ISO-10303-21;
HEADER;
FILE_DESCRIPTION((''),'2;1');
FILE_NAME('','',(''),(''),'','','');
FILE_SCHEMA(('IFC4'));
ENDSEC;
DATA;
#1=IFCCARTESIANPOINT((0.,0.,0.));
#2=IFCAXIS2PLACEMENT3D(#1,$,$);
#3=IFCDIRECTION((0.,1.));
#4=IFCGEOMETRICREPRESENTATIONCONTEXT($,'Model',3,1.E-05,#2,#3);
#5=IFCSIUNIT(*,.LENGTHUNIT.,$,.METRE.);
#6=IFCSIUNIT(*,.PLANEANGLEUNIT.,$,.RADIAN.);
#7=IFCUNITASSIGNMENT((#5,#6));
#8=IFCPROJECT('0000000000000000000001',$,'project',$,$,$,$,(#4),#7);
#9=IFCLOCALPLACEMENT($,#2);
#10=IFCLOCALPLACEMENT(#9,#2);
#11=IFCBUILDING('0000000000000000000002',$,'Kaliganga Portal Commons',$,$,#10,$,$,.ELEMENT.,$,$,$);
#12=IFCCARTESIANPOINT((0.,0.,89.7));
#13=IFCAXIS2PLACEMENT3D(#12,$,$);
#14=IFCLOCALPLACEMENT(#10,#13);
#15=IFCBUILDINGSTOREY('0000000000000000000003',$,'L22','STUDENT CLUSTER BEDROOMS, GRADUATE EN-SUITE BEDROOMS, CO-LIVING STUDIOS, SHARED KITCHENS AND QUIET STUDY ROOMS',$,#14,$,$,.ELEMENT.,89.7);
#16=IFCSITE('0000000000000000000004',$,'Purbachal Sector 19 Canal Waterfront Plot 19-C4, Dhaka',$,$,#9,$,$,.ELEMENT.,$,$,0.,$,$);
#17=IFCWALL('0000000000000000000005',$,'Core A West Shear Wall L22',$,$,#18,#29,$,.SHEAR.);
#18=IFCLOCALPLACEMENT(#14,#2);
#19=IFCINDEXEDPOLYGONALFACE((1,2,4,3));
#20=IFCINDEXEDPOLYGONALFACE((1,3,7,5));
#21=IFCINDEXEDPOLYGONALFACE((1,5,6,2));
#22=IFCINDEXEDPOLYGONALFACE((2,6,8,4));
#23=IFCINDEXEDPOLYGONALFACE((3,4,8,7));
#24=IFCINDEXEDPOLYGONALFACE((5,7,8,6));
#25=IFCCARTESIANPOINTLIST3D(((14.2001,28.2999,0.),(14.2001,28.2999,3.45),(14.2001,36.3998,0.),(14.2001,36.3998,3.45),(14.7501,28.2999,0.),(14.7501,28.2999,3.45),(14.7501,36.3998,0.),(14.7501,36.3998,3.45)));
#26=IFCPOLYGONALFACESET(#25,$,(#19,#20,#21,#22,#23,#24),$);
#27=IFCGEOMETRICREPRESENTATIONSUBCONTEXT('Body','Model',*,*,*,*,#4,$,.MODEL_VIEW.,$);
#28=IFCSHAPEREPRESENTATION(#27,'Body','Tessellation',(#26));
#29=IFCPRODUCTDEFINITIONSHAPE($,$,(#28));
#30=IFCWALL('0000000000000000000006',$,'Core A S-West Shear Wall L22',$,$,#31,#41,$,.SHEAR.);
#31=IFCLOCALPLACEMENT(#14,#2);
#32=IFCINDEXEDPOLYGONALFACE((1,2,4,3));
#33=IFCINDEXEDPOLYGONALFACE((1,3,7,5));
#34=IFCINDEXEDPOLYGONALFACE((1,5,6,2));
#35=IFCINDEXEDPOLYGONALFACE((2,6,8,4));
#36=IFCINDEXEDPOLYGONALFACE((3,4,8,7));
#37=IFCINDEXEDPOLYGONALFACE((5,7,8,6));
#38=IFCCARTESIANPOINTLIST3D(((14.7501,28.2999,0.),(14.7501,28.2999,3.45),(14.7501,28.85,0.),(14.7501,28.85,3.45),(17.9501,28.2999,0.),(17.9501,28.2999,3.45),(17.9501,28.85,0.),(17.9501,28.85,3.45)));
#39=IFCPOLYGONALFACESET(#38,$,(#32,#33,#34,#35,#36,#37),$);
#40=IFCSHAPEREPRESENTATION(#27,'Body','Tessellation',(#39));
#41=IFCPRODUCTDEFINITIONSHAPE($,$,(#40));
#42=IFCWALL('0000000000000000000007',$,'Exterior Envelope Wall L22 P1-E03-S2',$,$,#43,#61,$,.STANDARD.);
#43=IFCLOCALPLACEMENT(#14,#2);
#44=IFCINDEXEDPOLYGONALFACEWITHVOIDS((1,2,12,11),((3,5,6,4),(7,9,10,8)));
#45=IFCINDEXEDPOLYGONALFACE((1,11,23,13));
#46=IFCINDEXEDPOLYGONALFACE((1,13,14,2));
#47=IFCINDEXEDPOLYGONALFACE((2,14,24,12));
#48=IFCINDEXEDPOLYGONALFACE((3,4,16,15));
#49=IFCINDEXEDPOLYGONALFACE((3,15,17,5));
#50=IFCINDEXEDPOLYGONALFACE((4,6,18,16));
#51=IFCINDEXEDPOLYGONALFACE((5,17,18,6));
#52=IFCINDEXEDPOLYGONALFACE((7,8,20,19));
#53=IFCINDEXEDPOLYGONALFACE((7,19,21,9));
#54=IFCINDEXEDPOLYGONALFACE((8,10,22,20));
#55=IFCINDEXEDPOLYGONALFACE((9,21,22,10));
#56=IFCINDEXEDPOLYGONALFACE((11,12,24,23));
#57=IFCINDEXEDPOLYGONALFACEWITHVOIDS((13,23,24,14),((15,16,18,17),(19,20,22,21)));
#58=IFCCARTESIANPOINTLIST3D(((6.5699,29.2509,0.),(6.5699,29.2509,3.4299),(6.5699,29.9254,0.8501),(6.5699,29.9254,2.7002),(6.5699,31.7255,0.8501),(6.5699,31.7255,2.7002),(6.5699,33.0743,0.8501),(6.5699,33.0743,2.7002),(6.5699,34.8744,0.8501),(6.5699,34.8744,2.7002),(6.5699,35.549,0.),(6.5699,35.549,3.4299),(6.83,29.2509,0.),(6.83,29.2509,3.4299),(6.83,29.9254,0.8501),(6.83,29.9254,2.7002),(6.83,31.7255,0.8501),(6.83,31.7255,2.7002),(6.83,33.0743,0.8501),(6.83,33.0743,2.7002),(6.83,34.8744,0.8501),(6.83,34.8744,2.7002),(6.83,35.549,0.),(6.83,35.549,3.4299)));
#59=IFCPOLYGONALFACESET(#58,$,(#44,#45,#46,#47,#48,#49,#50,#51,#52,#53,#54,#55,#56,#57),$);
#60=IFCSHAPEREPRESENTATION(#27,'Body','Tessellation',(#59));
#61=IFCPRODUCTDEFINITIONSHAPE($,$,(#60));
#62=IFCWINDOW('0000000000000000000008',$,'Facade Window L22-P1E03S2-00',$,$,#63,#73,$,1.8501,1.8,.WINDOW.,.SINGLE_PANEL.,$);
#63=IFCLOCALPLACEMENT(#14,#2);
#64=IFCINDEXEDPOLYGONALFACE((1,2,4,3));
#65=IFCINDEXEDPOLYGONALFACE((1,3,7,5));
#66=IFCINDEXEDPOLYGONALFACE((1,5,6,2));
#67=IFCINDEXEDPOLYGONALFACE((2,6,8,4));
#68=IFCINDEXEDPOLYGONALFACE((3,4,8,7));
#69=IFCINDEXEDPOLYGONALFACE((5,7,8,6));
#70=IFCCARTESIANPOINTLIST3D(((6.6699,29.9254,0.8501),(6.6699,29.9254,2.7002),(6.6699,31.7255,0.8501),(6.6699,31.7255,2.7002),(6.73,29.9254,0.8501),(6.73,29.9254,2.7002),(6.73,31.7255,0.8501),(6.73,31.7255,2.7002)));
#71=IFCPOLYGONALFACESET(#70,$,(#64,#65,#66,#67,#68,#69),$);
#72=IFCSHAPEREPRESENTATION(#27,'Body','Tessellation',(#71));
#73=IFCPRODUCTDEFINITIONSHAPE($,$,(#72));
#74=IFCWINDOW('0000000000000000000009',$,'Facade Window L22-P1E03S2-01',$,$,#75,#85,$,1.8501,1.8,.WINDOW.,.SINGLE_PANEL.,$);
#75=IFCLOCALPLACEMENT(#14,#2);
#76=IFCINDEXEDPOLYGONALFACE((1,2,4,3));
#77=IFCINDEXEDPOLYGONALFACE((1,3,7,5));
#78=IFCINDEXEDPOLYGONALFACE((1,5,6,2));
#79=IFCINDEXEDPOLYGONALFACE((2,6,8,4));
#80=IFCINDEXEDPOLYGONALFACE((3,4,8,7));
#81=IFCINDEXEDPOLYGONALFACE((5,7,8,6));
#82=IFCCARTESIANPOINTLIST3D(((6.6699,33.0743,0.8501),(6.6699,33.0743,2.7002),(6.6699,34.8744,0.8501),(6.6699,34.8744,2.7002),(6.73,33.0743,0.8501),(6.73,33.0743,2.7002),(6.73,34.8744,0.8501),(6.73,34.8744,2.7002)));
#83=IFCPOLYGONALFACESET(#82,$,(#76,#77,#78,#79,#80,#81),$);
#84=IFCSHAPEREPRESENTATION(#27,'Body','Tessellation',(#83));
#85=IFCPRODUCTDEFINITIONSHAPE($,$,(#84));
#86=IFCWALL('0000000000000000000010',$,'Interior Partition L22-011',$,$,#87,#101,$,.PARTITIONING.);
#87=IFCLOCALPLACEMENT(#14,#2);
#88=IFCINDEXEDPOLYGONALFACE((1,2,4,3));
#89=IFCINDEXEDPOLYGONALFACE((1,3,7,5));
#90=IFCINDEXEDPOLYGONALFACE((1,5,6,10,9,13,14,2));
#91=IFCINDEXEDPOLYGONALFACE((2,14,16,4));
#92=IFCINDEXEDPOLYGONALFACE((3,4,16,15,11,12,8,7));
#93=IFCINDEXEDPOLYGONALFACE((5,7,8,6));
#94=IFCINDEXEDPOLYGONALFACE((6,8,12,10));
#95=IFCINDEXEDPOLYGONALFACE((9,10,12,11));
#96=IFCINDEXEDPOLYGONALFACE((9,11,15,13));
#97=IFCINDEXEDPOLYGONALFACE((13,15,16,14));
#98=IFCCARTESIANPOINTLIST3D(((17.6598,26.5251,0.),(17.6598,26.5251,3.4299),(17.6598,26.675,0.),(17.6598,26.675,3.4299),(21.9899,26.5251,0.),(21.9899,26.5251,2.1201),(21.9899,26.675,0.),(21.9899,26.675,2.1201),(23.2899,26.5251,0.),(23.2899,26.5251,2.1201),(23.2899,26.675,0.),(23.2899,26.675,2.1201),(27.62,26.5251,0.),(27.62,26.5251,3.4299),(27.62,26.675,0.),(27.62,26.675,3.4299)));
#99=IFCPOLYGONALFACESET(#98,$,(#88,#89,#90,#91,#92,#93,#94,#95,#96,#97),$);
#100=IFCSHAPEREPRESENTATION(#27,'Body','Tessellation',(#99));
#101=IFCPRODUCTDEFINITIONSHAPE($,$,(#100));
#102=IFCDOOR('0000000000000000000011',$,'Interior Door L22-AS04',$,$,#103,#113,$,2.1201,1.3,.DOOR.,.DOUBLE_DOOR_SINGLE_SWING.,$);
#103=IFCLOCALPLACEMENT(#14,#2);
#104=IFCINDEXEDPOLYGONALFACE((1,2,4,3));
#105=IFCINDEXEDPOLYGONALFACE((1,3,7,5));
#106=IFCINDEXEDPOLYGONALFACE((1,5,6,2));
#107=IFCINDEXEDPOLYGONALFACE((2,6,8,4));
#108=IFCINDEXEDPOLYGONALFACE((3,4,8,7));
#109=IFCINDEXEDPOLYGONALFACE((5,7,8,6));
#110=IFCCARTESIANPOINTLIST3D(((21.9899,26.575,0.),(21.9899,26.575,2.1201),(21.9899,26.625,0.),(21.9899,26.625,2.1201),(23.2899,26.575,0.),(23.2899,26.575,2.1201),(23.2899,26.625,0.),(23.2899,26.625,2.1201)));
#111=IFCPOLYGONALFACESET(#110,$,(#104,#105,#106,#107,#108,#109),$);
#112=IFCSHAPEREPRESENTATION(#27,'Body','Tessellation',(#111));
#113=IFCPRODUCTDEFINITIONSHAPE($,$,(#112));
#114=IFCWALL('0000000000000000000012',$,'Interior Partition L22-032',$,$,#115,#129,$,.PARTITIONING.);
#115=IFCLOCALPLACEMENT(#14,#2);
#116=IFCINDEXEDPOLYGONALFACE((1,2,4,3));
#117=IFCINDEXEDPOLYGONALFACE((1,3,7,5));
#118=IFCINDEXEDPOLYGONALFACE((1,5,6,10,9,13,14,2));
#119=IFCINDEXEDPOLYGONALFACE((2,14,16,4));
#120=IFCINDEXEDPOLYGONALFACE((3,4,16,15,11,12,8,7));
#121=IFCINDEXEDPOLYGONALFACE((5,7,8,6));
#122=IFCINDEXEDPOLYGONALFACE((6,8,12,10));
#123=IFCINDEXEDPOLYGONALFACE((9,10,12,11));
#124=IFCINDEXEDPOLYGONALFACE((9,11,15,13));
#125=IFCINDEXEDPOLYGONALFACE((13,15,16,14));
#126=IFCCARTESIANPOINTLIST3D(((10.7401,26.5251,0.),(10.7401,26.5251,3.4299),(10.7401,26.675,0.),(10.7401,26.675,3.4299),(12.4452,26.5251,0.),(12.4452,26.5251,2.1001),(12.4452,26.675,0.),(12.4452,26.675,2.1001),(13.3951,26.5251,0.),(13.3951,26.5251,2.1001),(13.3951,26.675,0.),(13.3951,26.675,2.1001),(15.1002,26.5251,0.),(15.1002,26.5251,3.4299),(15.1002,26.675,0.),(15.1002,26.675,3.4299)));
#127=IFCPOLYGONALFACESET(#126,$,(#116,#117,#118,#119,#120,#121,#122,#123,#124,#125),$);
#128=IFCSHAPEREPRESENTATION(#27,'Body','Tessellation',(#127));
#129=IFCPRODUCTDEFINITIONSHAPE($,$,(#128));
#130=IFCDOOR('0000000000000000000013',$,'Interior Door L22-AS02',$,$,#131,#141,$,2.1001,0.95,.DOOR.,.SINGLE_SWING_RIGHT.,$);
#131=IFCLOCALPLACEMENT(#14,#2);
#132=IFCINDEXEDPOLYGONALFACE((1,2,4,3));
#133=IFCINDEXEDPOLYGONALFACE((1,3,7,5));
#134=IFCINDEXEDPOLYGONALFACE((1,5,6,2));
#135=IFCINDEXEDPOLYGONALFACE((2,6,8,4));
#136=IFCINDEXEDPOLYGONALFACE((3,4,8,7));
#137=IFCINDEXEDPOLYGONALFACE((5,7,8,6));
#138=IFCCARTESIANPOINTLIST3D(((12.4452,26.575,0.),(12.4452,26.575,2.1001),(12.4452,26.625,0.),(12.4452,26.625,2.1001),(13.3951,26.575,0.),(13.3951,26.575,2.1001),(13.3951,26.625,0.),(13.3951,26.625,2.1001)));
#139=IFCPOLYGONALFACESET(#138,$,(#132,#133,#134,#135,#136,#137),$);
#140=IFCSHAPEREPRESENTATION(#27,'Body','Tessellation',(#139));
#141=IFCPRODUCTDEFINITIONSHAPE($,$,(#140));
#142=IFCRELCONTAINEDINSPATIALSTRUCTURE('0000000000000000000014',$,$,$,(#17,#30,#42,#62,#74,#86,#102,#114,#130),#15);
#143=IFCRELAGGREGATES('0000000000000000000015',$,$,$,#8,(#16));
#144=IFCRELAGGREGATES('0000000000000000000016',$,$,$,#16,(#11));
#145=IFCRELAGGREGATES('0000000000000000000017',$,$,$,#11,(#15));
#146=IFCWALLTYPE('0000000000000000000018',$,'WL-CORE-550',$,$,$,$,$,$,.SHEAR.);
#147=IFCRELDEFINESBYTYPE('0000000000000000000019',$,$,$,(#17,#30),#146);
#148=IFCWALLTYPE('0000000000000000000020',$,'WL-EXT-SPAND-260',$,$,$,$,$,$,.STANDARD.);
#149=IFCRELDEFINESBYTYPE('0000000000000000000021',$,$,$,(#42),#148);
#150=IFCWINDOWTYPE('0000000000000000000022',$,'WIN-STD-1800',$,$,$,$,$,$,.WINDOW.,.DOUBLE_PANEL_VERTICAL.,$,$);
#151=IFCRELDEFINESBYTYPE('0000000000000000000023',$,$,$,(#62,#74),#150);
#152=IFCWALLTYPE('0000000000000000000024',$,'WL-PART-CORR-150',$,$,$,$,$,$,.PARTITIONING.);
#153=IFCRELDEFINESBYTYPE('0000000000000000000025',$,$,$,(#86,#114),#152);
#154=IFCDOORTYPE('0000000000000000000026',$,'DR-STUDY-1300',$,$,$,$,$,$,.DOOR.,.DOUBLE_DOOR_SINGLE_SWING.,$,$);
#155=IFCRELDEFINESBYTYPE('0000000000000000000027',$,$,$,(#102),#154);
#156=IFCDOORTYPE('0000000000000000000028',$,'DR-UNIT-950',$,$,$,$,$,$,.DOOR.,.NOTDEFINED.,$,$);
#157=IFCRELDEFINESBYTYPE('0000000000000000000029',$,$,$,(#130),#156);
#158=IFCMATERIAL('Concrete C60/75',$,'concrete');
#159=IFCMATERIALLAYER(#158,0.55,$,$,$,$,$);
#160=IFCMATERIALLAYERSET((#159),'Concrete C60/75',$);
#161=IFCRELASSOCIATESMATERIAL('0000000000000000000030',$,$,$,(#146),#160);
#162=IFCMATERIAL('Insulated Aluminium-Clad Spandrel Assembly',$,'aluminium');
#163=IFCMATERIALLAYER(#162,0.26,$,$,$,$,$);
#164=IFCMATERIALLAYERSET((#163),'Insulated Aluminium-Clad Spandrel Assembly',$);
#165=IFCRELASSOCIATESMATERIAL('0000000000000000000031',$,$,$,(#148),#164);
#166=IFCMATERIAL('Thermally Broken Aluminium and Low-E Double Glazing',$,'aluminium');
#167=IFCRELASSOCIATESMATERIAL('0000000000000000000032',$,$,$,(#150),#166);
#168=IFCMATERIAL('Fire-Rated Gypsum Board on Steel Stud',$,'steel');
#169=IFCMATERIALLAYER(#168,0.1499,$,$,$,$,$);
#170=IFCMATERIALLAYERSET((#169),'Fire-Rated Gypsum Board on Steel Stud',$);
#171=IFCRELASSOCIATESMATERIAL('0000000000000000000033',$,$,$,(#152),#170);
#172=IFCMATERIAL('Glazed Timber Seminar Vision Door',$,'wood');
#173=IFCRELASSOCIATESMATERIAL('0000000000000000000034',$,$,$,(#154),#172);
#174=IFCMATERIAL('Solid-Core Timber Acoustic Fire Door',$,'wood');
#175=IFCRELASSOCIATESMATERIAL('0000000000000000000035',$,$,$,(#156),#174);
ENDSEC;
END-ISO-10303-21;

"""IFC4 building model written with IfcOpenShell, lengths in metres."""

from ifc_helpers import new_model, si_unit, direction, frame, frame_2d, origin, place, context, subcontext, project, spatial, rectangle, extrude, material, layer, layer_set, type_object, element, fill, save


model = new_model("IFC4")

# Units and contexts
model_context = context("Model", 3, precision=1e-05, world=origin(), true_north=direction((0.0, 1.0)))
body_context = subcontext(model_context, "Body", "Model", "MODEL_VIEW")
ifc_project = project(units=[si_unit("LENGTHUNIT", "METRE"), si_unit("PLANEANGLEUNIT", "RADIAN")], contexts=[model_context])

# Site, building, storey
site_placement = place(None, origin())
site = spatial("IfcSite", under=ifc_project, at=site_placement, Name="Purbachal Sector 19 Canal Waterfront Plot 19-C4, Dhaka", CompositionType="ELEMENT", RefElevation=0.0)
building_placement = place(site_placement, origin())
building = spatial("IfcBuilding", under=site, at=building_placement, Name="Kaliganga Portal Commons", CompositionType="ELEMENT")
storey_placement = place(building_placement, frame((0.0, 0.0, 89.7)))
storey = spatial("IfcBuildingStorey", under=building, at=storey_placement, Name="L22", Description="STUDENT CLUSTER BEDROOMS, GRADUATE EN-SUITE BEDROOMS, CO-LIVING STUDIOS, SHARED KITCHENS AND QUIET STUDY ROOMS", CompositionType="ELEMENT", Elevation=89.7)

# Shared definitions
ifc_material_1 = material(Name="Concrete C60/75", Category="concrete")

# Walls
ifc_layer_1 = layer(ifc_material_1, 0.55)
ifc_layer_set_1 = layer_set([ifc_layer_1], Name="Concrete C60/75")
wall_type_1 = type_object("IfcWallType", Name="WL-CORE-550", PredefinedType="SHEAR", material=ifc_layer_set_1)
wall_1_placement = place(storey_placement, frame((14.4751, 28.3, 0.0), z_axis=(0.0, 0.0, 1.0), x_axis=(0.0, 1.0, 0.0)))
element("IfcWall", 1, at=wall_1_placement, inside=storey, type_object=wall_type_1, Name="Core A West Shear Wall L22", PredefinedType="SHEAR", context=body_context, shape_type="SweptSolid", body=[
    extrude(rectangle(XDim=8.0999, YDim=0.55, at=frame_2d((4.0498, 0.0))), origin(), (0.0, 0.0, 1.0), 3.45),
])
wall_2_placement = place(storey_placement, frame((14.75, 28.575, 0.0), z_axis=(0.0, 0.0, 1.0), x_axis=(1.0, 0.0, 0.0)))
element("IfcWall", 2, at=wall_2_placement, inside=storey, type_object=wall_type_1, Name="Core A S-West Shear Wall L22", PredefinedType="SHEAR", context=body_context, shape_type="SweptSolid", body=[
    extrude(rectangle(XDim=3.2, YDim=0.55, at=frame_2d((1.6001, 0.0))), origin(), (0.0, 0.0, 1.0), 3.45),
])

# Wall, openings, windows
ifc_material_2 = material(Name="Insulated Aluminium-Clad Spandrel Assembly", Category="aluminium")
ifc_layer_2 = layer(ifc_material_2, 0.26)
ifc_layer_set_2 = layer_set([ifc_layer_2], Name="Insulated Aluminium-Clad Spandrel Assembly")
wall_type_2 = type_object("IfcWallType", Name="WL-EXT-SPAND-260", PredefinedType="STANDARD", material=ifc_layer_set_2)
wall_3_placement = place(storey_placement, frame((6.7, 29.251, 0.0), z_axis=(0.0, 0.0, 1.0), x_axis=(0.0, 1.0, 0.0)))
wall_3 = element("IfcWall", 3, at=wall_3_placement, inside=storey, type_object=wall_type_2, Name="Exterior Envelope Wall L22 P1-E03-S2", PredefinedType="STANDARD", context=body_context, shape_type="SweptSolid", body=[
    extrude(rectangle(XDim=6.2981, YDim=0.26, at=frame_2d((3.1489, 0.0))), origin(), (0.0, 0.0, 1.0), 3.4299),
])
opening_1_placement = place(wall_3_placement, frame((0.6746, 0.0, 0.8501)))
opening_1 = element("IfcOpeningElement", 4, at=opening_1_placement, cuts=wall_3, PredefinedType="OPENING", context=body_context, shape_type="SweptSolid", body=[
    extrude(rectangle(XDim=1.8, YDim=1.8501, at=frame_2d((0.8999, 0.925))), frame((0.0, 0.1401, 0.0), z_axis=(0.0, -1.0, 0.0), x_axis=(1.0, 0.0, 0.0)), (0.0, 0.0, 1.0), 0.28),
])
opening_2_placement = place(wall_3_placement, frame((3.8235, 0.0, 0.8501)))
opening_2 = element("IfcOpeningElement", 5, at=opening_2_placement, cuts=wall_3, PredefinedType="OPENING", context=body_context, shape_type="SweptSolid", body=[
    extrude(rectangle(XDim=1.8, YDim=1.8501, at=frame_2d((0.8999, 0.925))), frame((0.0, 0.1401, 0.0), z_axis=(0.0, -1.0, 0.0), x_axis=(1.0, 0.0, 0.0)), (0.0, 0.0, 1.0), 0.28),
])
ifc_material_3 = material(Name="Thermally Broken Aluminium and Low-E Double Glazing", Category="aluminium")
window_type = type_object("IfcWindowType", Name="WIN-STD-1800", PartitioningType="DOUBLE_PANEL_VERTICAL", PredefinedType="WINDOW", material=ifc_material_3)
window_1_placement = place(opening_1_placement, origin())
window_1 = element("IfcWindow", 6, at=window_1_placement, inside=storey, type_object=window_type, Name="Facade Window L22-P1E03S2-00", OverallHeight=1.8501, OverallWidth=1.8, PartitioningType="SINGLE_PANEL", PredefinedType="WINDOW", context=body_context, shape_type="SweptSolid", body=[
    extrude(rectangle(XDim=1.8, YDim=1.8501, at=frame_2d((0.8999, 0.925))), frame((0.0, 0.03, 0.0), z_axis=(0.0, -1.0, 0.0), x_axis=(1.0, 0.0, 0.0)), (0.0, 0.0, 1.0), 0.0601),
])
fill(opening_1, window_1)
window_2_placement = place(opening_2_placement, origin())
window_2 = element("IfcWindow", 7, at=window_2_placement, inside=storey, type_object=window_type, Name="Facade Window L22-P1E03S2-01", OverallHeight=1.8501, OverallWidth=1.8, PartitioningType="SINGLE_PANEL", PredefinedType="WINDOW", context=body_context, shape_type="SweptSolid", body=[
    extrude(rectangle(XDim=1.8, YDim=1.8501, at=frame_2d((0.8999, 0.925))), frame((0.0, 0.03, 0.0), z_axis=(0.0, -1.0, 0.0), x_axis=(1.0, 0.0, 0.0)), (0.0, 0.0, 1.0), 0.0601),
])
fill(opening_2, window_2)

# Walls, openings, doors
ifc_material_4 = material(Name="Fire-Rated Gypsum Board on Steel Stud", Category="steel")
ifc_layer_3 = layer(ifc_material_4, 0.1499)
ifc_layer_set_3 = layer_set([ifc_layer_3], Name="Fire-Rated Gypsum Board on Steel Stud")
wall_type_3 = type_object("IfcWallType", Name="WL-PART-CORR-150", PredefinedType="PARTITIONING", material=ifc_layer_set_3)
wall_4_placement = place(storey_placement, frame((17.6599, 26.6001, 0.0), z_axis=(0.0, 0.0, 1.0), x_axis=(1.0, 0.0, 0.0)))
wall_4 = element("IfcWall", 8, at=wall_4_placement, inside=storey, type_object=wall_type_3, Name="Interior Partition L22-011", PredefinedType="PARTITIONING", context=body_context, shape_type="SweptSolid", body=[
    extrude(rectangle(XDim=9.9602, YDim=0.1499, at=frame_2d((4.98, 0.0))), origin(), (0.0, 0.0, 1.0), 3.4299),
])
opening_3_placement = place(wall_4_placement, frame((4.3301, 0.0, 0.0)))
opening_3 = element("IfcOpeningElement", 9, at=opening_3_placement, cuts=wall_4, PredefinedType="OPENING", context=body_context, shape_type="SweptSolid", body=[
    extrude(rectangle(XDim=1.3, YDim=2.1201, at=frame_2d((0.6499, 1.0601))), frame((0.0, 0.085, 0.0), z_axis=(0.0, -1.0, 0.0), x_axis=(1.0, 0.0, 0.0)), (0.0, 0.0, 1.0), 0.1699),
])
ifc_material_5 = material(Name="Glazed Timber Seminar Vision Door", Category="wood")
door_type_1 = type_object("IfcDoorType", Name="DR-STUDY-1300", OperationType="DOUBLE_DOOR_SINGLE_SWING", PredefinedType="DOOR", material=ifc_material_5)
door_1_placement = place(opening_3_placement, origin())
door_1 = element("IfcDoor", 10, at=door_1_placement, inside=storey, type_object=door_type_1, Name="Interior Door L22-AS04", OperationType="DOUBLE_DOOR_SINGLE_SWING", OverallHeight=2.1201, OverallWidth=1.3, PredefinedType="DOOR", context=body_context, shape_type="SweptSolid", body=[
    extrude(rectangle(XDim=1.3, YDim=2.1201, at=frame_2d((0.6499, 1.0601))), frame((0.0, 0.0249, 0.0), z_axis=(0.0, -1.0, 0.0), x_axis=(1.0, 0.0, 0.0)), (0.0, 0.0, 1.0), 0.05),
])
fill(opening_3, door_1)
wall_5_placement = place(storey_placement, frame((10.74, 26.6001, 0.0), z_axis=(0.0, 0.0, 1.0), x_axis=(1.0, 0.0, 0.0)))
wall_5 = element("IfcWall", 11, at=wall_5_placement, inside=storey, type_object=wall_type_3, Name="Interior Partition L22-032", PredefinedType="PARTITIONING", context=body_context, shape_type="SweptSolid", body=[
    extrude(rectangle(XDim=4.3601, YDim=0.1499, at=frame_2d((2.1802, 0.0))), origin(), (0.0, 0.0, 1.0), 3.4299),
])
opening_4_placement = place(wall_5_placement, frame((1.7051, 0.0, 0.0)))
opening_4 = element("IfcOpeningElement", 12, at=opening_4_placement, cuts=wall_5, PredefinedType="OPENING", context=body_context, shape_type="SweptSolid", body=[
    extrude(rectangle(XDim=0.95, YDim=2.1001, at=frame_2d((0.4751, 1.05))), frame((0.0, 0.085, 0.0), z_axis=(0.0, -1.0, 0.0), x_axis=(1.0, 0.0, 0.0)), (0.0, 0.0, 1.0), 0.1699),
])
ifc_material_6 = material(Name="Solid-Core Timber Acoustic Fire Door", Category="wood")
door_type_2 = type_object("IfcDoorType", Name="DR-UNIT-950", OperationType="NOTDEFINED", PredefinedType="DOOR", material=ifc_material_6)
door_2_placement = place(opening_4_placement, origin())
door_2 = element("IfcDoor", 13, at=door_2_placement, inside=storey, type_object=door_type_2, Name="Interior Door L22-AS02", OperationType="SINGLE_SWING_RIGHT", OverallHeight=2.1001, OverallWidth=0.95, PredefinedType="DOOR", context=body_context, shape_type="SweptSolid", body=[
    extrude(rectangle(XDim=0.95, YDim=2.1001, at=frame_2d((0.4751, 1.05))), frame((0.0, 0.0249, 0.0), z_axis=(0.0, -1.0, 0.0), x_axis=(1.0, 0.0, 0.0)), (0.0, 0.0, 1.0), 0.05),
])
fill(opening_4, door_2)

save(model, "model.ifc")
